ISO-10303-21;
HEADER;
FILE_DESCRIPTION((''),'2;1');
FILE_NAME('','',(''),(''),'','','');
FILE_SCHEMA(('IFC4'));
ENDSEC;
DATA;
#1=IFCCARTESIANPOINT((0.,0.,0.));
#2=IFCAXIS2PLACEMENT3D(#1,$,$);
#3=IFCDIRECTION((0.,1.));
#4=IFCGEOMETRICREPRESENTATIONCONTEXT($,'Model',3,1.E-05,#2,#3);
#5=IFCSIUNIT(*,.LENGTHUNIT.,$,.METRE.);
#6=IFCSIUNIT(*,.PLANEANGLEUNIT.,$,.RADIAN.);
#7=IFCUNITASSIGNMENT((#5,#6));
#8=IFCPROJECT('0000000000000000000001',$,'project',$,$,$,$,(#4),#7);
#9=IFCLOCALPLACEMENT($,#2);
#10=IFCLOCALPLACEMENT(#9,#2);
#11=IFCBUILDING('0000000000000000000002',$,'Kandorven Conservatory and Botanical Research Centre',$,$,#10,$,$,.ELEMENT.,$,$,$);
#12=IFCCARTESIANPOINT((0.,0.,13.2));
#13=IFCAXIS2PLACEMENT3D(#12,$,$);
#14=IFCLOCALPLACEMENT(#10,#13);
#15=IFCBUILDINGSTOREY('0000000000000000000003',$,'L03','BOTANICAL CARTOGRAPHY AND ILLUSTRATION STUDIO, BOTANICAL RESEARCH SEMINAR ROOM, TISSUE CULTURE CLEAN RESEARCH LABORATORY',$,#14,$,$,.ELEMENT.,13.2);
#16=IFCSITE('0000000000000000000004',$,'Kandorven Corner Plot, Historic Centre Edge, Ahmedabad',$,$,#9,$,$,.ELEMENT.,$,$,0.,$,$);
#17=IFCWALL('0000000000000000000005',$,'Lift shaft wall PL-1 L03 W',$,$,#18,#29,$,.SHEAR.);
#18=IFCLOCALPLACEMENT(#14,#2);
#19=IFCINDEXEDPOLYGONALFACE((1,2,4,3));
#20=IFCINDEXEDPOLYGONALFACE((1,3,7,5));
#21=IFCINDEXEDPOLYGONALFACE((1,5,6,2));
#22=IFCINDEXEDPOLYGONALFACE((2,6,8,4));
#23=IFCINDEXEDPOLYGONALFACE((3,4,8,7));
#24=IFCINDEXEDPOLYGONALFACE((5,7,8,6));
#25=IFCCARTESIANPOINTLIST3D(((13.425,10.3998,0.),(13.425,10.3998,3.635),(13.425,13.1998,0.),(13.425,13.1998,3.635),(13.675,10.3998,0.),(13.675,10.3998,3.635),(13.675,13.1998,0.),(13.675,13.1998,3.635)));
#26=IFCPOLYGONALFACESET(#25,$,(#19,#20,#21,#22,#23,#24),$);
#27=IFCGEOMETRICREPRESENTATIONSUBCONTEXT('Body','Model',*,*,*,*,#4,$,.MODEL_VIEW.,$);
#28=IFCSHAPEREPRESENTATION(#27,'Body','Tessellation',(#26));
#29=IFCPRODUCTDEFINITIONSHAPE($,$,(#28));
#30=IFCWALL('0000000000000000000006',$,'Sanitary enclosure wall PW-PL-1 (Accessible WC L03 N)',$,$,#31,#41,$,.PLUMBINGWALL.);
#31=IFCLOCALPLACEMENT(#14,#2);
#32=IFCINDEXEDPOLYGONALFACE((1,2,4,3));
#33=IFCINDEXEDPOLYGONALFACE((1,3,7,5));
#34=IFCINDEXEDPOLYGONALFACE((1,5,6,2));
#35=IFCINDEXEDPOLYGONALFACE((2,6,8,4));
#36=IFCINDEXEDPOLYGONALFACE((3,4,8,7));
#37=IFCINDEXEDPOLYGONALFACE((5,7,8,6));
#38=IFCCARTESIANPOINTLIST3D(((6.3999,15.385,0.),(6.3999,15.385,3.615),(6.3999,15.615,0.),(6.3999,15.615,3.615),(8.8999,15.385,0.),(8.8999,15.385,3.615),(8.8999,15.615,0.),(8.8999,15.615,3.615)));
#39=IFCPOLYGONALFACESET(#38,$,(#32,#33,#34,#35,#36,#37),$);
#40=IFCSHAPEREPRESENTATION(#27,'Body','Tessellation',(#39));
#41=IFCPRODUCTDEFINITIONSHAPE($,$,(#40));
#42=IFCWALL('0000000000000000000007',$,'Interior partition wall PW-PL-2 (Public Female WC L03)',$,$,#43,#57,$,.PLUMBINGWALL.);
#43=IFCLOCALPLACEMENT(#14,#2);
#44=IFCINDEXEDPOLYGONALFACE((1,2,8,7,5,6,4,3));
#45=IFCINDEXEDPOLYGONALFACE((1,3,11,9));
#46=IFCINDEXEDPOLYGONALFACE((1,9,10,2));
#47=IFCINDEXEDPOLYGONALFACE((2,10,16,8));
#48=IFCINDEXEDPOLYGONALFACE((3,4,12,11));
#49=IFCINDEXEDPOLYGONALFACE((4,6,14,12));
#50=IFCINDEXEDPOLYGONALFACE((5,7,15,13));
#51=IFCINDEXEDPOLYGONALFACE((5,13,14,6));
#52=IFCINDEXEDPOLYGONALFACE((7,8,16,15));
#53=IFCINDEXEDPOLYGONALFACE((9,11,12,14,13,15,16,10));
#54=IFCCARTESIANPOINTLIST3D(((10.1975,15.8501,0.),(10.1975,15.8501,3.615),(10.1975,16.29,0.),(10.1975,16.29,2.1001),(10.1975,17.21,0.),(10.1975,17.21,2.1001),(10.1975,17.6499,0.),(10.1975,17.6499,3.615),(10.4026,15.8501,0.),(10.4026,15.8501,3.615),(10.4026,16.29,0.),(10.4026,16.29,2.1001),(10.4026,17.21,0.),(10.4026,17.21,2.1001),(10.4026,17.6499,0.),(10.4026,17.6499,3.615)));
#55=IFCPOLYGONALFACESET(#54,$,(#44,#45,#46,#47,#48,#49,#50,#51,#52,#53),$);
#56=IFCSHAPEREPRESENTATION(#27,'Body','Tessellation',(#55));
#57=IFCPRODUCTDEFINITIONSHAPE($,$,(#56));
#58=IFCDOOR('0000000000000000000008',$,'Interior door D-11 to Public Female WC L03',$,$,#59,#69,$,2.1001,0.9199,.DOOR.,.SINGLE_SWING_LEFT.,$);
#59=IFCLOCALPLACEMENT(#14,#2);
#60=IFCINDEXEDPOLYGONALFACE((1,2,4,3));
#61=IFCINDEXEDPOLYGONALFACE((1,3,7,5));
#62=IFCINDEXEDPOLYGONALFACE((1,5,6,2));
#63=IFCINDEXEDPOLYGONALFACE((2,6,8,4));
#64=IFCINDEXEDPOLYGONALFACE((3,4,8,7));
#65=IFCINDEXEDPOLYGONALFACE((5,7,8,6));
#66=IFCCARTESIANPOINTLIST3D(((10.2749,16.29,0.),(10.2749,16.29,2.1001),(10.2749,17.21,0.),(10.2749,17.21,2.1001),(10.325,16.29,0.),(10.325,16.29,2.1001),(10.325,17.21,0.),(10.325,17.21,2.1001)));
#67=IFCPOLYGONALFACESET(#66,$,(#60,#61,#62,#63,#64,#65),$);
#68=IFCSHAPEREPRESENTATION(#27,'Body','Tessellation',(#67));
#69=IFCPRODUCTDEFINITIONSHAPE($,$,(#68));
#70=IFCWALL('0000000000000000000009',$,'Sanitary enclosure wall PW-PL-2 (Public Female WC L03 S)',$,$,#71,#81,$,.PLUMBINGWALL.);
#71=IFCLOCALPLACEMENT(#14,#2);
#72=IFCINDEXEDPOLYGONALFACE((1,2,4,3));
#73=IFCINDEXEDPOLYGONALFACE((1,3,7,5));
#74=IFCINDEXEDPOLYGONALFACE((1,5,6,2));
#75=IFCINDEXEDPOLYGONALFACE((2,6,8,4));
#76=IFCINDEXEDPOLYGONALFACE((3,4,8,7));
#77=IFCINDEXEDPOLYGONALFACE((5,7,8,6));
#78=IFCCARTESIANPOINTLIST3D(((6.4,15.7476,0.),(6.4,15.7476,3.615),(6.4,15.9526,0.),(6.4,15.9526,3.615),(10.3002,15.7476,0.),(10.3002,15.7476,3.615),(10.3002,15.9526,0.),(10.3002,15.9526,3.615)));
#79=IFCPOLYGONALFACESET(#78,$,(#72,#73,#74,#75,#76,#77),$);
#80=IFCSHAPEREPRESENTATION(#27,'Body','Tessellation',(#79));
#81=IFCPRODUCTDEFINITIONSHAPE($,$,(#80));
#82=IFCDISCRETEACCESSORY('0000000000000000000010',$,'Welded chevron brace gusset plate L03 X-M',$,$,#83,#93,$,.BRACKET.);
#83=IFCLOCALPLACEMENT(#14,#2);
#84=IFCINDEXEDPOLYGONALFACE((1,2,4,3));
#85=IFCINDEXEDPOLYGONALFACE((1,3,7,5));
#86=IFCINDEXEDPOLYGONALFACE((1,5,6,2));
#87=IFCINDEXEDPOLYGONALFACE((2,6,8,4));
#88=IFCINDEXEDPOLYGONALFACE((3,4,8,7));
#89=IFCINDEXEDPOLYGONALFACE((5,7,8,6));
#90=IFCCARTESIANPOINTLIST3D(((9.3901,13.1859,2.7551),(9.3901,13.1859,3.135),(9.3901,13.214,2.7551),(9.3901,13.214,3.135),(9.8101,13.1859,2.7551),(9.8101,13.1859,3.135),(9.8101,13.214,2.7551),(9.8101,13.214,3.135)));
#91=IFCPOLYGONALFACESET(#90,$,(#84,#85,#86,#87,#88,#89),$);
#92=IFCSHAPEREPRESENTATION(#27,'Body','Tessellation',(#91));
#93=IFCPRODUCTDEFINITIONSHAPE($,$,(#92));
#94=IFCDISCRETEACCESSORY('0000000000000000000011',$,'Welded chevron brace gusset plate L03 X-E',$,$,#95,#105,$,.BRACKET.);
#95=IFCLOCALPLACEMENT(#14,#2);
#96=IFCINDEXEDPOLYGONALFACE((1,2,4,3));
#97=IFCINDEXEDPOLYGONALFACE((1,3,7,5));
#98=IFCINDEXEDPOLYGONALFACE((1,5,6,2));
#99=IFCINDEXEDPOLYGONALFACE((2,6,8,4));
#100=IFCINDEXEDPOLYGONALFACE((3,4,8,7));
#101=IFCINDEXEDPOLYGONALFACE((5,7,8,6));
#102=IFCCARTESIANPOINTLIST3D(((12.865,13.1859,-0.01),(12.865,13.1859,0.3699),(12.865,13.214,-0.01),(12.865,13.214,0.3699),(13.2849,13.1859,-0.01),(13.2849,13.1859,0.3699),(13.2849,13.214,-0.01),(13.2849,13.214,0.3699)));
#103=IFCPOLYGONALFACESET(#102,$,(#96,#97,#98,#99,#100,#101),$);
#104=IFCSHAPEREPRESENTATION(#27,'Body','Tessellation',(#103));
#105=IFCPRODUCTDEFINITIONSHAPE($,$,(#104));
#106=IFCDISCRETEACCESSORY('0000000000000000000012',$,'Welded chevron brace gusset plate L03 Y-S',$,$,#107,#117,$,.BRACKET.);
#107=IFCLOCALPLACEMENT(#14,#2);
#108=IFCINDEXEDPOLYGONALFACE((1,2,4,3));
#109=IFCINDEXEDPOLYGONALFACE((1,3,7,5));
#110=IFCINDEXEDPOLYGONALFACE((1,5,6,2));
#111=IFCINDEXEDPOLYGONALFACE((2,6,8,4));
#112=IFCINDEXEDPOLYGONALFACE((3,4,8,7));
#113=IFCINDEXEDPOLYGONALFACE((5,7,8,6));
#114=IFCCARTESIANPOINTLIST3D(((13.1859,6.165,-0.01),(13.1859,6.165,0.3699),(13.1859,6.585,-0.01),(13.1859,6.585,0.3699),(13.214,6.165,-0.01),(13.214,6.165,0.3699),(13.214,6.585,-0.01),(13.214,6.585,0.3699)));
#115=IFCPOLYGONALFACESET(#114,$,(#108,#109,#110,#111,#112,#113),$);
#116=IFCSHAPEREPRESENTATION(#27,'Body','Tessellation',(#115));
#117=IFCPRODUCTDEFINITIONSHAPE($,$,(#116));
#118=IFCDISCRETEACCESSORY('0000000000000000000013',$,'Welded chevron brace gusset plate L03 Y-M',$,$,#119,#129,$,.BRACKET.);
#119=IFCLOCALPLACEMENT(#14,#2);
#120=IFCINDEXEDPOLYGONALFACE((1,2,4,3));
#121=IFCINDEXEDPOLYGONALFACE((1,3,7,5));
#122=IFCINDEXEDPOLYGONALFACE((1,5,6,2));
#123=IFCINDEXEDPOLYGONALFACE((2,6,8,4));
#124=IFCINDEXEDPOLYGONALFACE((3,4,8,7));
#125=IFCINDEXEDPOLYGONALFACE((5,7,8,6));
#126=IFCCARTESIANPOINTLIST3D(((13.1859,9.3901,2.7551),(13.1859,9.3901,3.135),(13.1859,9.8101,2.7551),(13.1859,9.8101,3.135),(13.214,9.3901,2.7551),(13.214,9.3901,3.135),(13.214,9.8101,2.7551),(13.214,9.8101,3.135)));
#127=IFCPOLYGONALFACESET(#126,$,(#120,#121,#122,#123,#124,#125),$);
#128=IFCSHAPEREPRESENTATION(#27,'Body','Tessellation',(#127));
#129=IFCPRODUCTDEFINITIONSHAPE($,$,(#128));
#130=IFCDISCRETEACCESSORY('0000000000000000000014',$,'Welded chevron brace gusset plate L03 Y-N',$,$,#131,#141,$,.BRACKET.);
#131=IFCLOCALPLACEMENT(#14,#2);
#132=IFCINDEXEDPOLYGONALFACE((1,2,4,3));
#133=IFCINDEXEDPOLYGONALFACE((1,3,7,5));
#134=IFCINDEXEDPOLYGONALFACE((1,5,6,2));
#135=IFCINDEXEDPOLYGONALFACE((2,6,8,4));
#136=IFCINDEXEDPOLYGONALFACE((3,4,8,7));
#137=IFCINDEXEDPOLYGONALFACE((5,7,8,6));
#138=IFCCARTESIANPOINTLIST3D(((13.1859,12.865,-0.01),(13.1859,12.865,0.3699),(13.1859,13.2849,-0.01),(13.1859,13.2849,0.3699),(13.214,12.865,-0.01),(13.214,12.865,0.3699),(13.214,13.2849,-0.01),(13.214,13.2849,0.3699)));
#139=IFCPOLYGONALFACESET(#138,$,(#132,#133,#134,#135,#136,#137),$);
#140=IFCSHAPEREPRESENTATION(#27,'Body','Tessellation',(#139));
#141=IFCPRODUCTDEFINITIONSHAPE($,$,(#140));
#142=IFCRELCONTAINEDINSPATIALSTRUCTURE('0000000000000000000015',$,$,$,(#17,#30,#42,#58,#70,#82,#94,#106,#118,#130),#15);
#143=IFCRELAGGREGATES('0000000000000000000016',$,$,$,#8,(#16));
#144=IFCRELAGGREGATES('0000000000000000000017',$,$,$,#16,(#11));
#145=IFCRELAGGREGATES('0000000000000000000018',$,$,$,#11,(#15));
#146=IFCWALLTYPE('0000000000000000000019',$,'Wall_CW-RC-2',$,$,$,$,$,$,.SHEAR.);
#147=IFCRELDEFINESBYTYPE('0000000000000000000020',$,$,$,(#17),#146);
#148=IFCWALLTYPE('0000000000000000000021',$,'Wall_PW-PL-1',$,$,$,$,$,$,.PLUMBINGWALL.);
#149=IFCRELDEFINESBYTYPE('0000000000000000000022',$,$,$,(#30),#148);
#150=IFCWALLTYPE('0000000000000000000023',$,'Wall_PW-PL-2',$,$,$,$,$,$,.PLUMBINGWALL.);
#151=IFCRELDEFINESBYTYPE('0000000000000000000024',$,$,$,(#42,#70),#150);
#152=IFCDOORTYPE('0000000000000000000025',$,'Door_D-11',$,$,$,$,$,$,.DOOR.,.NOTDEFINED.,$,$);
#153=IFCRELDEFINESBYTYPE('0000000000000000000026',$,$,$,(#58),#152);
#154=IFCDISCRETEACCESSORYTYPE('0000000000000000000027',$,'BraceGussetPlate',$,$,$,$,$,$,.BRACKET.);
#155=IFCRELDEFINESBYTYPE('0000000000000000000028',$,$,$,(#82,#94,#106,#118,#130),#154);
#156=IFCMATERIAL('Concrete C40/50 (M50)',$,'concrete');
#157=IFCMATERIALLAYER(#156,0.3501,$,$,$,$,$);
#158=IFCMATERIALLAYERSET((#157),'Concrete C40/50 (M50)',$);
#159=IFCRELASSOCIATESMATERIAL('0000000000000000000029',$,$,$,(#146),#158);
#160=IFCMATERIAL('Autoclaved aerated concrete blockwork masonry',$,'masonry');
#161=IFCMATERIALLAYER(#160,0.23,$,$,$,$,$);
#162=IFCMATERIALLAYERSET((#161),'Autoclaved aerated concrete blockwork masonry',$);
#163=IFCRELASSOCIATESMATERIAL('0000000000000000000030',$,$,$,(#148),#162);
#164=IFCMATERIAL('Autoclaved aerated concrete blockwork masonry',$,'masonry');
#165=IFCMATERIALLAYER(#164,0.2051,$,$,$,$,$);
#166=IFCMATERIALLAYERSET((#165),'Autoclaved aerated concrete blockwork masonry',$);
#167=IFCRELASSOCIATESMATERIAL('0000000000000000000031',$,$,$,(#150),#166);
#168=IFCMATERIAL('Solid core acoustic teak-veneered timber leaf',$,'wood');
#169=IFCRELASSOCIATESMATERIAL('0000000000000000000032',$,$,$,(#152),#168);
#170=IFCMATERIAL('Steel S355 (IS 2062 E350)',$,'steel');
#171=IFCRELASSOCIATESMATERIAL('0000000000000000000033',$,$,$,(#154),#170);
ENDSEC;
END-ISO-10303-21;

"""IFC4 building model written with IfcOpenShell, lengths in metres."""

from ifc_helpers import new_model, si_unit, direction, frame, frame_2d, origin, origin_2d, place, context, subcontext, project, spatial, rectangle, extrude, material, layer, layer_set, type_object, element, fill, save


model = new_model("IFC4")

# Units and contexts
model_context = context("Model", 3, precision=1e-05, world=origin(), true_north=direction((0.0, 1.0)))
body_context = subcontext(model_context, "Body", "Model", "MODEL_VIEW")
ifc_project = project(units=[si_unit("LENGTHUNIT", "METRE"), si_unit("PLANEANGLEUNIT", "RADIAN")], contexts=[model_context])

# Site, building, storey
site_placement = place(None, origin())
site = spatial("IfcSite", under=ifc_project, at=site_placement, Name="Kandorven Corner Plot, Historic Centre Edge, Ahmedabad", CompositionType="ELEMENT", RefElevation=0.0)
building_placement = place(site_placement, origin())
building = spatial("IfcBuilding", under=site, at=building_placement, Name="Kandorven Conservatory and Botanical Research Centre", CompositionType="ELEMENT")
storey_placement = place(building_placement, frame((0.0, 0.0, 13.2)))
storey = spatial("IfcBuildingStorey", under=building, at=storey_placement, Name="L03", Description="BOTANICAL CARTOGRAPHY AND ILLUSTRATION STUDIO, BOTANICAL RESEARCH SEMINAR ROOM, TISSUE CULTURE CLEAN RESEARCH LABORATORY", CompositionType="ELEMENT", Elevation=13.2)

# Shared definitions
ifc_material_1 = material(Name="Concrete C40/50 (M50)", Category="concrete")
ifc_layer_1 = layer(ifc_material_1, 0.3501)
ifc_layer_set_1 = layer_set([ifc_layer_1], Name="Concrete C40/50 (M50)")
wall_type_1 = type_object("IfcWallType", Name="Wall_CW-RC-2", PredefinedType="SHEAR", material=ifc_layer_set_1)

# Wall
wall_1_placement = place(storey_placement, frame((13.55, 10.3999, 0.0), z_axis=(0.0, 0.0, 1.0), x_axis=(0.0, 1.0, 0.0)))
element("IfcWall", 1, at=wall_1_placement, inside=storey, type_object=wall_type_1, Name="Lift shaft wall PL-1 L03 W", PredefinedType="SHEAR", context=body_context, shape_type="SweptSolid", body=[
    extrude(rectangle(XDim=2.8, YDim=0.25, at=frame_2d((1.3999, 0.0))), origin(), (0.0, 0.0, 1.0), 3.635),
])

# Shared definitions
ifc_material_2 = material(Name="Autoclaved aerated concrete blockwork masonry", Category="masonry")
ifc_layer_2 = layer(ifc_material_2, 0.23)
ifc_layer_set_2 = layer_set([ifc_layer_2], Name="Autoclaved aerated concrete blockwork masonry")
wall_type_2 = type_object("IfcWallType", Name="Wall_PW-PL-1", PredefinedType="PLUMBINGWALL", material=ifc_layer_set_2)

# Wall
wall_2_placement = place(storey_placement, frame((6.3999, 15.5, 0.0), z_axis=(0.0, 0.0, 1.0), x_axis=(1.0, 0.0, 0.0)))
element("IfcWall", 2, at=wall_2_placement, inside=storey, type_object=wall_type_2, Name="Sanitary enclosure wall PW-PL-1 (Accessible WC L03 N)", PredefinedType="PLUMBINGWALL", context=body_context, shape_type="SweptSolid", body=[
    extrude(rectangle(XDim=2.5, YDim=0.23, at=frame_2d((1.25, 0.0))), origin(), (0.0, 0.0, 1.0), 3.615),
])

# Wall, opening, door
ifc_material_3 = material(Name="Autoclaved aerated concrete blockwork masonry", Category="masonry")
ifc_layer_3 = layer(ifc_material_3, 0.2051)
ifc_layer_set_3 = layer_set([ifc_layer_3], Name="Autoclaved aerated concrete blockwork masonry")
wall_type_3 = type_object("IfcWallType", Name="Wall_PW-PL-2", PredefinedType="PLUMBINGWALL", material=ifc_layer_set_3)
wall_3_placement = place(storey_placement, frame((10.3, 15.8501, 0.0), z_axis=(0.0, 0.0, 1.0), x_axis=(0.0, 1.0, 0.0)))
wall_3 = element("IfcWall", 3, at=wall_3_placement, inside=storey, type_object=wall_type_3, Name="Interior partition wall PW-PL-2 (Public Female WC L03)", PredefinedType="PLUMBINGWALL", context=body_context, shape_type="SweptSolid", body=[
    extrude(rectangle(XDim=1.7998, YDim=0.2051, at=frame_2d((0.8999, 0.0))), origin(), (0.0, 0.0, 1.0), 3.615),
])
opening_1_placement = place(wall_3_placement, frame((0.4399, 0.0, 0.0)))
opening_1 = element("IfcOpeningElement", 4, at=opening_1_placement, cuts=wall_3, PredefinedType="OPENING", context=body_context, shape_type="SweptSolid", body=[
    extrude(rectangle(XDim=0.9199, YDim=2.1001, at=frame_2d((0.46, 1.05))), frame((0.0, 0.1125, 0.0), z_axis=(0.0, -1.0, 0.0), x_axis=(1.0, 0.0, 0.0)), (0.0, 0.0, 1.0), 0.2251),
])
ifc_material_4 = material(Name="Solid core acoustic teak-veneered timber leaf", Category="wood")
door_type_1 = type_object("IfcDoorType", Name="Door_D-11", OperationType="NOTDEFINED", PredefinedType="DOOR", material=ifc_material_4)
door_1_placement = place(opening_1_placement, frame((0.9199, 0.0, 0.0), z_axis=(0.0, 0.0, 1.0), x_axis=(-1.0, 0.0, 0.0)))
door_1 = element("IfcDoor", 5, at=door_1_placement, inside=storey, type_object=door_type_1, Name="Interior door D-11 to Public Female WC L03", OperationType="SINGLE_SWING_LEFT", OverallHeight=2.1001, OverallWidth=0.9199, PredefinedType="DOOR", context=body_context, shape_type="SweptSolid", body=[
    extrude(rectangle(XDim=0.9199, YDim=2.1001, at=frame_2d((0.46, 1.05))), frame((0.0, 0.0249, 0.0), z_axis=(0.0, -1.0, 0.0), x_axis=(1.0, 0.0, 0.0)), (0.0, 0.0, 1.0), 0.05),
])
fill(opening_1, door_1)

# Wall
wall_4_placement = place(storey_placement, frame((6.3999, 15.8501, 0.0), z_axis=(0.0, 0.0, 1.0), x_axis=(1.0, 0.0, 0.0)))
element("IfcWall", 6, at=wall_4_placement, inside=storey, type_object=wall_type_3, Name="Sanitary enclosure wall PW-PL-2 (Public Female WC L03 S)", PredefinedType="PLUMBINGWALL", context=body_context, shape_type="SweptSolid", body=[
    extrude(rectangle(XDim=3.9001, YDim=0.2051, at=frame_2d((1.9502, 0.0))), origin(), (0.0, 0.0, 1.0), 3.615),
])

# Discrete accessories
ifc_material_5 = material(Name="Steel S355 (IS 2062 E350)", Category="steel")
discrete_accessory_type = type_object("IfcDiscreteAccessoryType", Name="BraceGussetPlate", PredefinedType="BRACKET", material=ifc_material_5)
for number, where, z_axis, x_axis, name in (
    (7, (9.6001, 13.2, 2.7551), (0.0, 0.0, 1.0), (1.0, 0.0, 0.0), "Welded chevron brace gusset plate L03 X-M"),
    (8, (13.075, 13.2, -0.01), (0.0, 0.0, 1.0), (1.0, 0.0, 0.0), "Welded chevron brace gusset plate L03 X-E"),
):
    element("IfcDiscreteAccessory", number, at=place(storey_placement, frame(where, z_axis=z_axis, x_axis=x_axis)), inside=storey, type_object=discrete_accessory_type, Name=name, PredefinedType="BRACKET", context=body_context, shape_type="SweptSolid", body=[
        extrude(rectangle(XDim=0.4199, YDim=0.0281, at=origin_2d()), origin(), (0.0, 0.0, 1.0), 0.3799),
    ])
for number, where, z_axis, x_axis, name in (
    (9, (13.2, 6.375, -0.01), (0.0, 0.0, 1.0), (1.0, 0.0, 0.0), "Welded chevron brace gusset plate L03 Y-S"),
    (10, (13.2, 9.6001, 2.7551), (0.0, 0.0, 1.0), (1.0, 0.0, 0.0), "Welded chevron brace gusset plate L03 Y-M"),
    (11, (13.2, 13.075, -0.01), (0.0, 0.0, 1.0), (1.0, 0.0, 0.0), "Welded chevron brace gusset plate L03 Y-N"),
):
    element("IfcDiscreteAccessory", number, at=place(storey_placement, frame(where, z_axis=z_axis, x_axis=x_axis)), inside=storey, type_object=discrete_accessory_type, Name=name, PredefinedType="BRACKET", context=body_context, shape_type="SweptSolid", body=[
        extrude(rectangle(XDim=0.0281, YDim=0.4199, at=origin_2d()), origin(), (0.0, 0.0, 1.0), 0.3799),
    ])

save(model, "model.ifc")
